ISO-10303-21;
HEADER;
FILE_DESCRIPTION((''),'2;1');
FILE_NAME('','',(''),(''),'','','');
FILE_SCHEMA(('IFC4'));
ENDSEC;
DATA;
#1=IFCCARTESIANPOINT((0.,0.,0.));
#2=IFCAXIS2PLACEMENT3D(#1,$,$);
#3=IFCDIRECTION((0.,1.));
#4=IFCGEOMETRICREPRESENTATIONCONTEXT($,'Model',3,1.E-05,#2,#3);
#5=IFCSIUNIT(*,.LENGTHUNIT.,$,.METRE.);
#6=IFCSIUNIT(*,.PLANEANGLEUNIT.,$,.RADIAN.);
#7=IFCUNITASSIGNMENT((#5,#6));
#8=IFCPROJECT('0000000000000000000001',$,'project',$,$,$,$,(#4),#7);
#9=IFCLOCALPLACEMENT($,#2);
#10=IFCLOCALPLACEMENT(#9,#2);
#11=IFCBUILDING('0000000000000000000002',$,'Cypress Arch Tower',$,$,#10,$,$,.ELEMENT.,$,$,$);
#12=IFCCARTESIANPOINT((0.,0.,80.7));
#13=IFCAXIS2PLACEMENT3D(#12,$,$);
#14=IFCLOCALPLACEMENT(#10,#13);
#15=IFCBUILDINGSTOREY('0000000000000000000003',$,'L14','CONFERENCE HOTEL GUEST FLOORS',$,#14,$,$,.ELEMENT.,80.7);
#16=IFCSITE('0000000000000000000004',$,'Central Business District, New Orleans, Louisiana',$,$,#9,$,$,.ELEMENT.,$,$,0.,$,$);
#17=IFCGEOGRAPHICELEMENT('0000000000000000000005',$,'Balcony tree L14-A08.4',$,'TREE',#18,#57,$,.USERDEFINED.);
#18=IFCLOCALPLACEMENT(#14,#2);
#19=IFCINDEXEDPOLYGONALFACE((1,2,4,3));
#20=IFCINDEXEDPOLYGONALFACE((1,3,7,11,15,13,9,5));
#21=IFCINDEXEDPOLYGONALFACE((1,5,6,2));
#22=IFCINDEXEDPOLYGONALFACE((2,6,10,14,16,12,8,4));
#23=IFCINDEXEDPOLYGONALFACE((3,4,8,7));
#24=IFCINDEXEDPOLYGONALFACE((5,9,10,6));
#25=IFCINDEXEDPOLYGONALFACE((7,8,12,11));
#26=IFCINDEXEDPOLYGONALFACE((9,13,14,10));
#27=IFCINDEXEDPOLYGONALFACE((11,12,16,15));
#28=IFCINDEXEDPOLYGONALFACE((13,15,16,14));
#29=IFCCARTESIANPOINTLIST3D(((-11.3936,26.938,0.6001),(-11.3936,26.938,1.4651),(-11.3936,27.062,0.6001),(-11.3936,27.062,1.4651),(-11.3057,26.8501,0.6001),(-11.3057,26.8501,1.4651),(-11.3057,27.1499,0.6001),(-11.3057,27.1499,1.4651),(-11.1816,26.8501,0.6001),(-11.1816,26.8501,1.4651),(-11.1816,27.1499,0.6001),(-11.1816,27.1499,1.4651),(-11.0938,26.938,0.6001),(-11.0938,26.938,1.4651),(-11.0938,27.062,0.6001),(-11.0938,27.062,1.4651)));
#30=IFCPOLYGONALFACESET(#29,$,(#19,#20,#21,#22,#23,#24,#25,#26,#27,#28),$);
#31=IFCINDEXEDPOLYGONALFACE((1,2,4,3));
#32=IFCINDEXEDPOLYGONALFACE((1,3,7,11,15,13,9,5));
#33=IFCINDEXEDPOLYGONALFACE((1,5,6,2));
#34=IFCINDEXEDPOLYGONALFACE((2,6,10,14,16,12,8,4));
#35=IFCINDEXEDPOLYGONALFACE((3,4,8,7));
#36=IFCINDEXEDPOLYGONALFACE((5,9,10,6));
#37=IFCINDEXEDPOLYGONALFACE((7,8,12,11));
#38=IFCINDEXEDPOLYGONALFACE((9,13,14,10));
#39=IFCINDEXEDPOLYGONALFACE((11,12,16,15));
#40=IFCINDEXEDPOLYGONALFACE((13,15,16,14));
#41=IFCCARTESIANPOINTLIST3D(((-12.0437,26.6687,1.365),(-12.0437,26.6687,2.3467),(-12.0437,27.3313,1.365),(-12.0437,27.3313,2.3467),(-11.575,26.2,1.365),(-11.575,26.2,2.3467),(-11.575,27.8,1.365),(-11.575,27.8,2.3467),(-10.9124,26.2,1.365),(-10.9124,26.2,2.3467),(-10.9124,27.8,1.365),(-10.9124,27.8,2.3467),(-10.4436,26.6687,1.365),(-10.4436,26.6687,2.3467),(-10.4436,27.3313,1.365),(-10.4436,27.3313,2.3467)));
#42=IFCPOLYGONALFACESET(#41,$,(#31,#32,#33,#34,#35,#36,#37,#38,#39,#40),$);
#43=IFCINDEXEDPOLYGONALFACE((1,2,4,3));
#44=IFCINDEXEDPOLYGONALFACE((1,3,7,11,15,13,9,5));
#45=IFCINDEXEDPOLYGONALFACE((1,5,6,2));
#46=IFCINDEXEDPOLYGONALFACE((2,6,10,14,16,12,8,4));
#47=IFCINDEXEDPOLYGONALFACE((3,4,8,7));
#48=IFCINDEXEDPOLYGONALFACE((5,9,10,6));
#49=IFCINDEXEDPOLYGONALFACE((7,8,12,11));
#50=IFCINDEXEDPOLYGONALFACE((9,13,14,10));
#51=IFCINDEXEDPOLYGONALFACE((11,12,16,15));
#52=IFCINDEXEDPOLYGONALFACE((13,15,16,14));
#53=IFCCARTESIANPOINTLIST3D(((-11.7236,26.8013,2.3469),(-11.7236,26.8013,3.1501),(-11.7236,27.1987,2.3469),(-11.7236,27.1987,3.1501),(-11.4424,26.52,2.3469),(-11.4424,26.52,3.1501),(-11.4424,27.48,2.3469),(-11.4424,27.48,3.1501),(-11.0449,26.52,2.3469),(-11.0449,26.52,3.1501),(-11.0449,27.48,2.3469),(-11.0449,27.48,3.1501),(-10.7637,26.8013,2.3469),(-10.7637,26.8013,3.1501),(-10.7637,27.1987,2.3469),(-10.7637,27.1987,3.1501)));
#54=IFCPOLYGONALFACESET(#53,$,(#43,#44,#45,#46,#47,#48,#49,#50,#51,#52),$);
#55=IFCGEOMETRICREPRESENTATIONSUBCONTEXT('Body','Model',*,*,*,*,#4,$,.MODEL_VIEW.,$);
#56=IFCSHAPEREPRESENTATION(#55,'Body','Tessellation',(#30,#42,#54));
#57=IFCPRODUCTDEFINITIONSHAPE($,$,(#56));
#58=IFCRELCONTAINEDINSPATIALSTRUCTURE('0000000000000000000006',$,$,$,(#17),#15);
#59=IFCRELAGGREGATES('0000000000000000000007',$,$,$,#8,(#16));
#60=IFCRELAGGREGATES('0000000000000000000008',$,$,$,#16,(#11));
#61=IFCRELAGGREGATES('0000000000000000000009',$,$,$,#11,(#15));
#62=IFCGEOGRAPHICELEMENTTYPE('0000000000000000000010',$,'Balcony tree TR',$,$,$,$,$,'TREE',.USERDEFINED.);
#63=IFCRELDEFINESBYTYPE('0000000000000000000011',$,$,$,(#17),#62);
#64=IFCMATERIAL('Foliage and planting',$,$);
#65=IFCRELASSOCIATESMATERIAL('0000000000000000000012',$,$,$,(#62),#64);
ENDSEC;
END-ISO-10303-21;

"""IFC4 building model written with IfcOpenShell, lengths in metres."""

from ifc_helpers import new_model, si_unit, direction, frame, origin, place, context, subcontext, project, spatial, polyline, outline, extrude, material, type_object, element, save


model = new_model("IFC4")

# Units and contexts
model_context = context("Model", 3, precision=1e-05, world=origin(), true_north=direction((0.0, 1.0)))
body_context = subcontext(model_context, "Body", "Model", "MODEL_VIEW")
ifc_project = project(units=[si_unit("LENGTHUNIT", "METRE"), si_unit("PLANEANGLEUNIT", "RADIAN")], contexts=[model_context])

# Site, building, storey
site_placement = place(None, origin())
site = spatial("IfcSite", under=ifc_project, at=site_placement, Name="Central Business District, New Orleans, Louisiana", CompositionType="ELEMENT", RefElevation=0.0)
building_placement = place(site_placement, origin())
building = spatial("IfcBuilding", under=site, at=building_placement, Name="Cypress Arch Tower", CompositionType="ELEMENT")
storey_placement = place(building_placement, frame((0.0, 0.0, 80.7)))
storey = spatial("IfcBuildingStorey", under=building, at=storey_placement, Name="L14", Description="CONFERENCE HOTEL GUEST FLOORS", CompositionType="ELEMENT", Elevation=80.7)

# Geographic element
ifc_material_1 = material(Name="Foliage and planting")
geographic_element_type = type_object("IfcGeographicElementType", Name="Balcony tree TR", ElementType="TREE", PredefinedType="USERDEFINED", material=ifc_material_1)
geographic_element_placement = place(storey_placement, frame((-11.2437, 27.0, 0.6001), z_axis=(0.0, 0.0, 1.0), x_axis=(1.0, 0.0, 0.0)))
element("IfcGeographicElement", 1, at=geographic_element_placement, inside=storey, type_object=geographic_element_type, Name="Balcony tree L14-A08.4", ObjectType="TREE", PredefinedType="USERDEFINED", context=body_context, shape_type="SweptSolid", body=[
    extrude(outline(polyline([(0.1499, 0.062), (0.062, 0.1499), (-0.062, 0.1499), (-0.1499, 0.062), (-0.1499, -0.062), (-0.062, -0.1499), (0.062, -0.1499), (0.1499, -0.062), (0.1499, 0.062)])), origin(), (0.0, 0.0, 1.0), 0.865),
    extrude(outline(polyline([(0.8, 0.3313), (0.3313, 0.8), (-0.3313, 0.8), (-0.8, 0.3313), (-0.8, -0.3313), (-0.3313, -0.8), (0.3313, -0.8), (0.8, -0.3313), (0.8, 0.3313)])), frame((0.0, 0.0, 0.7649)), (0.0, 0.0, 1.0), 0.9817),
    extrude(outline(polyline([(0.48, 0.1987), (0.1987, 0.48), (-0.1987, 0.48), (-0.48, 0.1987), (-0.48, -0.1987), (-0.1987, -0.48), (0.1987, -0.48), (0.48, -0.1987), (0.48, 0.1987)])), frame((0.0, 0.0, 1.7468)), (0.0, 0.0, 1.0), 0.8032),
])

save(model, "model.ifc")
